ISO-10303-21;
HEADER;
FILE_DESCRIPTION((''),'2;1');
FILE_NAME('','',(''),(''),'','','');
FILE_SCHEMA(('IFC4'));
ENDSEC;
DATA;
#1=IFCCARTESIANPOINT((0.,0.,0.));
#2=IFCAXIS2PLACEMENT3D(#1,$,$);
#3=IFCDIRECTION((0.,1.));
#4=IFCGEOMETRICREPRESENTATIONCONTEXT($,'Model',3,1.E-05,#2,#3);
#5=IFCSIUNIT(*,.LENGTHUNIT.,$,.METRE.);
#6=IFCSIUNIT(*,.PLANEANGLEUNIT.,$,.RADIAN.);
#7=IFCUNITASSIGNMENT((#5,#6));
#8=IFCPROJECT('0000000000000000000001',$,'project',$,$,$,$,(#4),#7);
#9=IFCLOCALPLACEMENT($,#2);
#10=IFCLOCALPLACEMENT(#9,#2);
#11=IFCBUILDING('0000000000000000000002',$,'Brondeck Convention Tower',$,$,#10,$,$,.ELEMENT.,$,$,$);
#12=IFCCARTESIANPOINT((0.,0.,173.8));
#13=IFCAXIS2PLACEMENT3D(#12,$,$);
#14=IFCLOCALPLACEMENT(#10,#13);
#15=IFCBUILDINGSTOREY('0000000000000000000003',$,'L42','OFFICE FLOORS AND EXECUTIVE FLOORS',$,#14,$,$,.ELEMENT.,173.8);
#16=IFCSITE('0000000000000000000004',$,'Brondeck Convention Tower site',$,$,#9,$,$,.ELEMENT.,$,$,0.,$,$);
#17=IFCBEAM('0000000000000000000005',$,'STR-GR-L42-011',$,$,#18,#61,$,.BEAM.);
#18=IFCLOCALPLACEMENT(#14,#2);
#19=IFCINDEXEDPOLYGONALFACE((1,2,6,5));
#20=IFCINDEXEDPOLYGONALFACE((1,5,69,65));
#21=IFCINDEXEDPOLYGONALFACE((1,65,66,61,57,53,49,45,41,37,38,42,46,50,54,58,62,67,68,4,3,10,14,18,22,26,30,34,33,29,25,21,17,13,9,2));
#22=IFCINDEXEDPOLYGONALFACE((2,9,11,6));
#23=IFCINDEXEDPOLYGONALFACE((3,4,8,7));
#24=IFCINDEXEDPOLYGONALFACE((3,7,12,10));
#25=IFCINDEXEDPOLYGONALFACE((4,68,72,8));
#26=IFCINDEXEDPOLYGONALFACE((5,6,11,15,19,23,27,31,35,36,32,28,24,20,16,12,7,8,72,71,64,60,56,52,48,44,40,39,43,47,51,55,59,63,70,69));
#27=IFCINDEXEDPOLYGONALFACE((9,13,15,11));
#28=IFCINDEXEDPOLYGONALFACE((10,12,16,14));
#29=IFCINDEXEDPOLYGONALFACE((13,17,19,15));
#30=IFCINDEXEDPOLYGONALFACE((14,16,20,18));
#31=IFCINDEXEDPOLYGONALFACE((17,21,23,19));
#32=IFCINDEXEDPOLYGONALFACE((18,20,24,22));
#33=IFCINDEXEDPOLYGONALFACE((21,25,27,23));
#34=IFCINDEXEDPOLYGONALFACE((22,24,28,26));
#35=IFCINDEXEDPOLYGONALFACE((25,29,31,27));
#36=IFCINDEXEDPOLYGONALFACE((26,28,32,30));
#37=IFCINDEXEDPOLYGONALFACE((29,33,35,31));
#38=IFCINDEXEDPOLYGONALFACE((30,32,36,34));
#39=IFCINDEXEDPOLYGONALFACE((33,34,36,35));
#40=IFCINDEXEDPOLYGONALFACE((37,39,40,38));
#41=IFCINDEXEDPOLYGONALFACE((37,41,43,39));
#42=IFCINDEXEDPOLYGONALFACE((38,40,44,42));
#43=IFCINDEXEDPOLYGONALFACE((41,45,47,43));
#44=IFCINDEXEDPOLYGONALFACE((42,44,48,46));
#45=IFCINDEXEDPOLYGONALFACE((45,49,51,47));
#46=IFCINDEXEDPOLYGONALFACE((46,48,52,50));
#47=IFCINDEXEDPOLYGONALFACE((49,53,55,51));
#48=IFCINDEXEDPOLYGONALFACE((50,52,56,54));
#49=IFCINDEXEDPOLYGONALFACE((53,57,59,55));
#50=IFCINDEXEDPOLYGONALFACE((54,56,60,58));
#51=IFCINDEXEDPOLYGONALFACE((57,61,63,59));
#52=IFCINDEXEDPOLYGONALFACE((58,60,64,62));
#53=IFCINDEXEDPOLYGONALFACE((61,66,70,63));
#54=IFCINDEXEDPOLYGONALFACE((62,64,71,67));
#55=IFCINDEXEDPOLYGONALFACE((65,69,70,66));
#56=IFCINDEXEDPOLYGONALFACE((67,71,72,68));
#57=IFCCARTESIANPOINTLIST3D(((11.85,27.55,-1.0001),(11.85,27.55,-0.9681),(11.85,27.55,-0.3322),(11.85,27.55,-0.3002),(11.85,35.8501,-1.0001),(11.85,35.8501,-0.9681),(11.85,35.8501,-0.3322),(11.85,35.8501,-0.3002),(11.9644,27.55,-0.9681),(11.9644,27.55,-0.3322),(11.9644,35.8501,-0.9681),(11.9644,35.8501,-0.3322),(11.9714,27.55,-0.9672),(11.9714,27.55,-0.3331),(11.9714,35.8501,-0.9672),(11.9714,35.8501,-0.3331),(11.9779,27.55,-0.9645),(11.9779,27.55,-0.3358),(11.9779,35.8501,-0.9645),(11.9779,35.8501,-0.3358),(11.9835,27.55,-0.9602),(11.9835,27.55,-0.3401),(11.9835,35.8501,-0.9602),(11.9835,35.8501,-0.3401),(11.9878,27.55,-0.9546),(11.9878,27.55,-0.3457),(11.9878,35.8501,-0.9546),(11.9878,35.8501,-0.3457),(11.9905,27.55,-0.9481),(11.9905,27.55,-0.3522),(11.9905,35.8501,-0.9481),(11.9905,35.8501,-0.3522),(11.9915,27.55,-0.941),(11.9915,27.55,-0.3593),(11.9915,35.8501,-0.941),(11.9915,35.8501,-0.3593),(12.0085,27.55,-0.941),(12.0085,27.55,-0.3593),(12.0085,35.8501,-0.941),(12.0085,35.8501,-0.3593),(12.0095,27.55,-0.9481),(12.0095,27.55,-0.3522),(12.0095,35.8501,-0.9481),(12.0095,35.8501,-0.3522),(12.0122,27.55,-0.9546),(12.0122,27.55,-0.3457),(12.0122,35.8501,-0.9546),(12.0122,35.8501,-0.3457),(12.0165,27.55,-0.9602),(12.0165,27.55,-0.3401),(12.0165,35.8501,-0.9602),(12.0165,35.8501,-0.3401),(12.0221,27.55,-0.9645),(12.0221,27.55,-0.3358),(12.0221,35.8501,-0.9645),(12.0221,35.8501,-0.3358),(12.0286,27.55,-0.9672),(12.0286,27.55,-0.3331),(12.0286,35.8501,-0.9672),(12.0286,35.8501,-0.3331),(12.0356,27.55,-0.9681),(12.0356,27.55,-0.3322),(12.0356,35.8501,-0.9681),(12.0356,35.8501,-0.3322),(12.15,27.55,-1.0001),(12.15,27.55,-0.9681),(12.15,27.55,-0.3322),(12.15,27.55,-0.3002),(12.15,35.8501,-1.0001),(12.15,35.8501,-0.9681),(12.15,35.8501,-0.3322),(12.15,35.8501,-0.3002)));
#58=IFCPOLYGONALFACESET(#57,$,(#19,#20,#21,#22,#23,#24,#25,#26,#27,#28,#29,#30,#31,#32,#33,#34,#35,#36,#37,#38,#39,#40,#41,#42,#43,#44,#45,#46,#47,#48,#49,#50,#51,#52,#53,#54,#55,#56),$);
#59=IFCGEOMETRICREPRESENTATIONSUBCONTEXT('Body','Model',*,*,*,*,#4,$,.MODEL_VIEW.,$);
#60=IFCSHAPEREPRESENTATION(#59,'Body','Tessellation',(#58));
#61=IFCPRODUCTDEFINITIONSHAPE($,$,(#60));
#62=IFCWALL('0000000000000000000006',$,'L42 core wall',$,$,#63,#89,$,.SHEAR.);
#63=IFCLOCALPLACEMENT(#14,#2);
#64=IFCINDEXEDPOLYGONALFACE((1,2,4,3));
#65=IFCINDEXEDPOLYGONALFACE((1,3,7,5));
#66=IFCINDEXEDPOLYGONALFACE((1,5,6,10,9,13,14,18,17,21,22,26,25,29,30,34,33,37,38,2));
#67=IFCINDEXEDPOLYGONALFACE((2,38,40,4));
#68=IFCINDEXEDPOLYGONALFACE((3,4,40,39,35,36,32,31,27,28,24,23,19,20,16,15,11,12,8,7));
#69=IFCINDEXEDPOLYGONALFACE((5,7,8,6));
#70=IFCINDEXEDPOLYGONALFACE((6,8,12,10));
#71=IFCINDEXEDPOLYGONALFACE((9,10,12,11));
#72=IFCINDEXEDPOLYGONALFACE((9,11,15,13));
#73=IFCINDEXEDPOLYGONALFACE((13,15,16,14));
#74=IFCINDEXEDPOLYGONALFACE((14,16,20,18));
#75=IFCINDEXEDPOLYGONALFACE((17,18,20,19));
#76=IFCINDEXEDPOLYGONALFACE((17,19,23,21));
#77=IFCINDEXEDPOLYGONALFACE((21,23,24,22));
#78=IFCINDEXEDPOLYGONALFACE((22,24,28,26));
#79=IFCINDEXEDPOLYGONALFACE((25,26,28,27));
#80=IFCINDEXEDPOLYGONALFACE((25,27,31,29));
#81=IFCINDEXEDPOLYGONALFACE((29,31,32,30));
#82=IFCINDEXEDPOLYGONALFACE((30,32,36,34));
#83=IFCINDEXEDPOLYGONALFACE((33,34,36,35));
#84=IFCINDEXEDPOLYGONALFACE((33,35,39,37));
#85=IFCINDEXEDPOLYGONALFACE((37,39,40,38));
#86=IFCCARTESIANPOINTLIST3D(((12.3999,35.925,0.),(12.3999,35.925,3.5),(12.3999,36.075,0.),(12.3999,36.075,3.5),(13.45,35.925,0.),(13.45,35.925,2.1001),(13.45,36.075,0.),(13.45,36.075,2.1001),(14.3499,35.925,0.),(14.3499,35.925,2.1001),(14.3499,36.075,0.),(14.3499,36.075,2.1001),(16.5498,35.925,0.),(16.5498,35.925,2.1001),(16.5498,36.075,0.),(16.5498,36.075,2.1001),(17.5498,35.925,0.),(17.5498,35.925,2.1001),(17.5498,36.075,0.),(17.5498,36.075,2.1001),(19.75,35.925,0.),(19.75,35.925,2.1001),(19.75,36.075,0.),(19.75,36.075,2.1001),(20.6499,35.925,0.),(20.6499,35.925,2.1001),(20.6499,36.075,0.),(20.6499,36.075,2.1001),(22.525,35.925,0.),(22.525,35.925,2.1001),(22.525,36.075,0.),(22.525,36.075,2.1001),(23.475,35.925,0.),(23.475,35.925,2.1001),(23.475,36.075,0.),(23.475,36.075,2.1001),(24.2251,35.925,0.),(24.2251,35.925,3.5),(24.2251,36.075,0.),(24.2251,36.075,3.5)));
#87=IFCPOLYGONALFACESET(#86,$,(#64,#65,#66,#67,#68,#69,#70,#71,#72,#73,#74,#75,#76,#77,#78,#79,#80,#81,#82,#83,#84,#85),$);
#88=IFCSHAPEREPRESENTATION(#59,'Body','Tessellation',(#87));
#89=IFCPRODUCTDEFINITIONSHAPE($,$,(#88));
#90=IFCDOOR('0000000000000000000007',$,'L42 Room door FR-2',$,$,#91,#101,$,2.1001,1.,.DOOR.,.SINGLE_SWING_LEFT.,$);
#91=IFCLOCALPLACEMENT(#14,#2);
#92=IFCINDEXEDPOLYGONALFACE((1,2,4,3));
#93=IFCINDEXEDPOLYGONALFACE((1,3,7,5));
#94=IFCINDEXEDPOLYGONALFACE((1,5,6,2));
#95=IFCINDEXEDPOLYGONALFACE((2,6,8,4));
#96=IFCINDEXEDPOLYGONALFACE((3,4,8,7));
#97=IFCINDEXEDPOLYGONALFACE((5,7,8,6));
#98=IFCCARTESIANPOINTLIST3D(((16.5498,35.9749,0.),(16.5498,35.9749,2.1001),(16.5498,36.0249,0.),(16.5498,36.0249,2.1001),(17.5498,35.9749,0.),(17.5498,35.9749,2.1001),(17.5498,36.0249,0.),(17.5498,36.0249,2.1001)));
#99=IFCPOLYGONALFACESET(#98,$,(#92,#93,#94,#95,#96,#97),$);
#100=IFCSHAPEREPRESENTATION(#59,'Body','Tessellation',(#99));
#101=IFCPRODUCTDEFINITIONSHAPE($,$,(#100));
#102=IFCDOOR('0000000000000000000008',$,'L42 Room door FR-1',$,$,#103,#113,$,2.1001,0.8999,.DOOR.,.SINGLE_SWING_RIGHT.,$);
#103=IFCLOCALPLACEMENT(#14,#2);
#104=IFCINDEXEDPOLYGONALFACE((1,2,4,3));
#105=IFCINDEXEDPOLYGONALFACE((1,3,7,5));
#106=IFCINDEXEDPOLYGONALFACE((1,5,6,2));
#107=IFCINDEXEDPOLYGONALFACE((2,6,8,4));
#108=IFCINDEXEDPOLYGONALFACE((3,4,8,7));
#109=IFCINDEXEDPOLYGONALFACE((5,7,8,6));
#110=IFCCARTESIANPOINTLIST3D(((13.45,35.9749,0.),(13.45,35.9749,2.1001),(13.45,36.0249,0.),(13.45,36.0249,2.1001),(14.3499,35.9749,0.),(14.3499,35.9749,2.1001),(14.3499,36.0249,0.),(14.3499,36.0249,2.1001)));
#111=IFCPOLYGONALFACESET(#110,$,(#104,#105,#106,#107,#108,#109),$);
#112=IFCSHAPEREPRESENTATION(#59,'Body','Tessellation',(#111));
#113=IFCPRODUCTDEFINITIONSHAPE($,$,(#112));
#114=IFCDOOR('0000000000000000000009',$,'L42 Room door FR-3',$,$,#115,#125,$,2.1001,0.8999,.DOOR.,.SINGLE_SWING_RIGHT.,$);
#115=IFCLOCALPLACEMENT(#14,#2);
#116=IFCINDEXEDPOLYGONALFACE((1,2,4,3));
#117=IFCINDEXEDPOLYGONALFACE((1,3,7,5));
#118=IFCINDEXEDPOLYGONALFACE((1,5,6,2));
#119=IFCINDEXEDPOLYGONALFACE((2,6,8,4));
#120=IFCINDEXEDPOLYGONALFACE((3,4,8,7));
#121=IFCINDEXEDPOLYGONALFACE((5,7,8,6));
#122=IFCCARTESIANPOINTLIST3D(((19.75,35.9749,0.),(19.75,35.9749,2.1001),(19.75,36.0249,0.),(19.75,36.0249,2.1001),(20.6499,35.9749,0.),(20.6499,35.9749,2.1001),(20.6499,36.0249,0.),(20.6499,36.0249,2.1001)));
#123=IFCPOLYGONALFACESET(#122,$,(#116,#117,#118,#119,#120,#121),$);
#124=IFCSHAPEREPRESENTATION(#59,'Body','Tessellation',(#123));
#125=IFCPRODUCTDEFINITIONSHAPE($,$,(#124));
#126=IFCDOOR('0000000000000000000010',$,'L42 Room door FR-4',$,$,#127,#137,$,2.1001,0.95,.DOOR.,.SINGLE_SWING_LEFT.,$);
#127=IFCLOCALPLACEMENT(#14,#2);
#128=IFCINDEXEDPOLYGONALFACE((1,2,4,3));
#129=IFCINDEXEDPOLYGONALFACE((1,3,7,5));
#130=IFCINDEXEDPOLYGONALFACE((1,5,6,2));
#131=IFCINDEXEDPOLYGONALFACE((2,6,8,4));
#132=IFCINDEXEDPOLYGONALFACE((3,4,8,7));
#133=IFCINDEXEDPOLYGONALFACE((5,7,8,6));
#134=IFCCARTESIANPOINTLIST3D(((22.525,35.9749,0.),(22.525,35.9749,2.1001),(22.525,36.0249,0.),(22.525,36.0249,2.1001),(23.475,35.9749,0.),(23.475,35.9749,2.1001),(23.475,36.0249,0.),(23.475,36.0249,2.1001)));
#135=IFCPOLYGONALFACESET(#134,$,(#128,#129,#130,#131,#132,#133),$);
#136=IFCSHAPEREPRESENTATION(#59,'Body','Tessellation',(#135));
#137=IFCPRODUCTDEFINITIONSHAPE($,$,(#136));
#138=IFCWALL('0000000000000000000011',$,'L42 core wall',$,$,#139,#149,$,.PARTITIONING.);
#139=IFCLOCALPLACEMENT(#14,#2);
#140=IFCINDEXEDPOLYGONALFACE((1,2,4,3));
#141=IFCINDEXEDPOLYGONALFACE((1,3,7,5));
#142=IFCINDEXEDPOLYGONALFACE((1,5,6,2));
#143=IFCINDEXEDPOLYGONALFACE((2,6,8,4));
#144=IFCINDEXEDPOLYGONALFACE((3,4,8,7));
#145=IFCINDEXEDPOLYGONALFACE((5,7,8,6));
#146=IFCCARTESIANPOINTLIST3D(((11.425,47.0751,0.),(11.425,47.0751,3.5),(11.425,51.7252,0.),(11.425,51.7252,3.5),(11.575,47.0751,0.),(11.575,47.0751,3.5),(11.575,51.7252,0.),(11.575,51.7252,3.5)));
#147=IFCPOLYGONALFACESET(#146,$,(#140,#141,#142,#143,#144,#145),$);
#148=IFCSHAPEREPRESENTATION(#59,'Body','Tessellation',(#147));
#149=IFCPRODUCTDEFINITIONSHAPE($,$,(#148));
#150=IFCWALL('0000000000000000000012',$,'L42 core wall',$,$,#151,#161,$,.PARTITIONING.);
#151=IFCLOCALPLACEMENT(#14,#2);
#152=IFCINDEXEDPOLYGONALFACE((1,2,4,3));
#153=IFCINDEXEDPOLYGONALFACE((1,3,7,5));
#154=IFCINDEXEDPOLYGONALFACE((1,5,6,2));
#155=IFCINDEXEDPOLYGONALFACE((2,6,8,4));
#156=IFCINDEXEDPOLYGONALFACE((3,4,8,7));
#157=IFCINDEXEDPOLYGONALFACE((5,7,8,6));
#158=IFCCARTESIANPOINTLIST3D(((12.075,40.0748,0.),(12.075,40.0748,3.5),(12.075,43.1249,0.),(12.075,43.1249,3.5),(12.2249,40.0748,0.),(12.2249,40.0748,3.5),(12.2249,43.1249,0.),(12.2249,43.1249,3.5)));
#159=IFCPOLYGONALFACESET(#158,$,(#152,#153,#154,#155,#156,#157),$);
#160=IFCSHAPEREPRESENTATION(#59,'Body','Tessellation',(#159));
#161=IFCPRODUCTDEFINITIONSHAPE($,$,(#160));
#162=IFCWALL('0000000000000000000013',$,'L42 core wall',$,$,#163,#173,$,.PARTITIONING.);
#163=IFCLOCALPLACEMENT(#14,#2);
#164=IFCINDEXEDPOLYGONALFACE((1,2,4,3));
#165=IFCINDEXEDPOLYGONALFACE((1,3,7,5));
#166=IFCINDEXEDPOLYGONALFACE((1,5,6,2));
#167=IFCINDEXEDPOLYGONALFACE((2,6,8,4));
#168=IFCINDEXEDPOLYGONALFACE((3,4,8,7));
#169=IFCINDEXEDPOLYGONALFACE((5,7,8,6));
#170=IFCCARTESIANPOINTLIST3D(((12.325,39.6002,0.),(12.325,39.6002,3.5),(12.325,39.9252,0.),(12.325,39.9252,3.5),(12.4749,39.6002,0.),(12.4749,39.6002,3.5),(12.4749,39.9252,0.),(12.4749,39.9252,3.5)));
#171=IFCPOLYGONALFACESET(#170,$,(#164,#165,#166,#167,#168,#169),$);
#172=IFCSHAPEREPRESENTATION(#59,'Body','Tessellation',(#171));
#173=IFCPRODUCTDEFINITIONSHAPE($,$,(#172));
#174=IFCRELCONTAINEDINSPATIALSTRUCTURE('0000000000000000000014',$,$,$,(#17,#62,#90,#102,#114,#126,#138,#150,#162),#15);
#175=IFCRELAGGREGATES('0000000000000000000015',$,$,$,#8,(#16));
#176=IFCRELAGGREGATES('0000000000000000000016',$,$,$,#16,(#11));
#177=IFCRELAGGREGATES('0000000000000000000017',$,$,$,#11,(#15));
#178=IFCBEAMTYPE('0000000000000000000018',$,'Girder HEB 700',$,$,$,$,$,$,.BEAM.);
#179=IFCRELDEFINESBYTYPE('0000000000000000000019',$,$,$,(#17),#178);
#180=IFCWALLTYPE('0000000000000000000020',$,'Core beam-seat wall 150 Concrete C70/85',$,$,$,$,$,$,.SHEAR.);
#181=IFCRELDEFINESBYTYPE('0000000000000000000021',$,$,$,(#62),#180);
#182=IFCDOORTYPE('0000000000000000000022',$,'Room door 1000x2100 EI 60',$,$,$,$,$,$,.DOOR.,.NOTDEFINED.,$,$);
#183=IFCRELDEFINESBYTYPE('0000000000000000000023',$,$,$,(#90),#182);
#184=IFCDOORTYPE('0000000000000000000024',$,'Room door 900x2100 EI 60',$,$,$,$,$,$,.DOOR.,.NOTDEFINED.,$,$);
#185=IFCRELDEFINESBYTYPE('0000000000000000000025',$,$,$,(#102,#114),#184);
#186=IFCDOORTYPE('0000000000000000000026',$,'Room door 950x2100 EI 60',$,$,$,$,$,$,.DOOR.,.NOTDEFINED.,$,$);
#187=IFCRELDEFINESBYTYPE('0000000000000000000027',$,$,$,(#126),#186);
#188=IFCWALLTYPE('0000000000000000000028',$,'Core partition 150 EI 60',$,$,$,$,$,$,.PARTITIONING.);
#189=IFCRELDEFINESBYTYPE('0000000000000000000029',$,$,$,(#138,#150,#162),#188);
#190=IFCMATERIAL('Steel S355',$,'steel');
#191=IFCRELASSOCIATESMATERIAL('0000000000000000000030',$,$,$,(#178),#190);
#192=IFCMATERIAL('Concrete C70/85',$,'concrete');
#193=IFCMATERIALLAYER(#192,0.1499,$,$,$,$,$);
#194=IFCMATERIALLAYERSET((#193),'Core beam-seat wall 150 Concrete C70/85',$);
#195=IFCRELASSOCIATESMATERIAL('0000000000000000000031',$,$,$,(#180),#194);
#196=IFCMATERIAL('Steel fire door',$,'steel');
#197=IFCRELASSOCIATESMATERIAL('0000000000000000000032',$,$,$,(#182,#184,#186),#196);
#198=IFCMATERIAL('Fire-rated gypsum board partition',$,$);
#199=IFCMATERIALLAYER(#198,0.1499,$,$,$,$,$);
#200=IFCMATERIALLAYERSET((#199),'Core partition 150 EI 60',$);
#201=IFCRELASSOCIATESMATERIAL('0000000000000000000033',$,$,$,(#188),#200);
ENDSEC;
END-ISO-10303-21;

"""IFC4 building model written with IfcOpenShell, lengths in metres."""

from ifc_helpers import new_model, si_unit, direction, frame, frame_2d, origin, origin_2d, place, context, subcontext, project, spatial, rectangle, i_section, extrude, material, layer, layer_set, material_profile, profile_set, type_object, element, fill, save


model = new_model("IFC4")

# Units and contexts
model_context = context("Model", 3, precision=1e-05, world=origin(), true_north=direction((0.0, 1.0)))
body_context = subcontext(model_context, "Body", "Model", "MODEL_VIEW")
ifc_project = project(units=[si_unit("LENGTHUNIT", "METRE"), si_unit("PLANEANGLEUNIT", "RADIAN")], contexts=[model_context])

# Site, building, storey
site_placement = place(None, origin())
site = spatial("IfcSite", under=ifc_project, at=site_placement, Name="Brondeck Convention Tower site", CompositionType="ELEMENT", RefElevation=0.0)
building_placement = place(site_placement, origin())
building = spatial("IfcBuilding", under=site, at=building_placement, Name="Brondeck Convention Tower", CompositionType="ELEMENT")
storey_placement = place(building_placement, frame((0.0, 0.0, 173.8)))
storey = spatial("IfcBuildingStorey", under=building, at=storey_placement, Name="L42", Description="OFFICE FLOORS AND EXECUTIVE FLOORS", CompositionType="ELEMENT", Elevation=173.8)

# Beam
ifc_material_1 = material(Name="Steel S355", Category="steel")
ifc_material_profile = material_profile(ifc_material_1, i_section(OverallWidth=0.3, OverallDepth=0.7, WebThickness=0.0171, FlangeThickness=0.032, FilletRadius=0.0271, at=origin_2d()), Name="HEB 700")
ifc_profile_set = profile_set([ifc_material_profile], Name="Steel S355")
beam_type = type_object("IfcBeamType", Name="Girder HEB 700", PredefinedType="BEAM", material=ifc_profile_set)
beam_placement = place(storey_placement, frame((12.0, 35.8501, -0.6501), z_axis=(0.0, -1.0, 0.0), x_axis=(1.0, 0.0, 0.0)))
element("IfcBeam", 1, at=beam_placement, inside=storey, type_object=beam_type, Name="STR-GR-L42-011", PredefinedType="BEAM", context=body_context, shape_type="SweptSolid", body=[
    extrude(i_section(OverallWidth=0.3, OverallDepth=0.7, WebThickness=0.0171, FlangeThickness=0.032, FilletRadius=0.0271, at=origin_2d()), origin(), (0.0, 0.0, 1.0), 8.3),
])

# Wall, openings, doors
ifc_material_2 = material(Name="Concrete C70/85", Category="concrete")
ifc_layer_1 = layer(ifc_material_2, 0.1499)
ifc_layer_set_1 = layer_set([ifc_layer_1], Name="Core beam-seat wall 150 Concrete C70/85")
wall_type_1 = type_object("IfcWallType", Name="Core beam-seat wall 150 Concrete C70/85", PredefinedType="SHEAR", material=ifc_layer_set_1)
wall_1_placement = place(storey_placement, frame((12.3999, 36.0, 0.0), z_axis=(0.0, 0.0, 1.0), x_axis=(1.0, 0.0, 0.0)))
wall_1 = element("IfcWall", 2, at=wall_1_placement, inside=storey, type_object=wall_type_1, Name="L42 core wall", PredefinedType="SHEAR", context=body_context, shape_type="SweptSolid", body=[
    extrude(rectangle(XDim=11.8252, YDim=0.1499, at=frame_2d((5.9126, 0.0))), origin(), (0.0, 0.0, 1.0), 3.5),
])
opening_1_placement = place(wall_1_placement, frame((1.05, 0.0, 0.0)))
opening_1 = element("IfcOpeningElement", 3, at=opening_1_placement, cuts=wall_1, PredefinedType="OPENING", context=body_context, shape_type="SweptSolid", body=[
    extrude(rectangle(XDim=0.8999, YDim=2.1001, at=frame_2d((0.45, 1.05))), frame((0.0, 0.085, 0.0), z_axis=(0.0, -1.0, 0.0), x_axis=(1.0, 0.0, 0.0)), (0.0, 0.0, 1.0), 0.1699),
])
opening_2_placement = place(wall_1_placement, frame((4.1499, 0.0, 0.0)))
opening_2 = element("IfcOpeningElement", 4, at=opening_2_placement, cuts=wall_1, PredefinedType="OPENING", context=body_context, shape_type="SweptSolid", body=[
    extrude(rectangle(XDim=1.0, YDim=2.1001, at=frame_2d((0.5, 1.05))), frame((0.0, 0.085, 0.0), z_axis=(0.0, -1.0, 0.0), x_axis=(1.0, 0.0, 0.0)), (0.0, 0.0, 1.0), 0.1699),
])
opening_3_placement = place(wall_1_placement, frame((7.3501, 0.0, 0.0)))
opening_3 = element("IfcOpeningElement", 5, at=opening_3_placement, cuts=wall_1, PredefinedType="OPENING", context=body_context, shape_type="SweptSolid", body=[
    extrude(rectangle(XDim=0.8999, YDim=2.1001, at=frame_2d((0.45, 1.05))), frame((0.0, 0.085, 0.0), z_axis=(0.0, -1.0, 0.0), x_axis=(1.0, 0.0, 0.0)), (0.0, 0.0, 1.0), 0.1699),
])
opening_4_placement = place(wall_1_placement, frame((10.125, 0.0, 0.0)))
opening_4 = element("IfcOpeningElement", 6, at=opening_4_placement, cuts=wall_1, PredefinedType="OPENING", context=body_context, shape_type="SweptSolid", body=[
    extrude(rectangle(XDim=0.95, YDim=2.1001, at=frame_2d((0.4751, 1.05))), frame((0.0, 0.085, 0.0), z_axis=(0.0, -1.0, 0.0), x_axis=(1.0, 0.0, 0.0)), (0.0, 0.0, 1.0), 0.1699),
])
ifc_material_3 = material(Name="Steel fire door", Category="steel")
door_type_1 = type_object("IfcDoorType", Name="Room door 1000x2100 EI 60", OperationType="NOTDEFINED", PredefinedType="DOOR", material=ifc_material_3)
door_1_placement = place(opening_2_placement, origin())
door_1 = element("IfcDoor", 7, at=door_1_placement, inside=storey, type_object=door_type_1, Name="L42 Room door FR-2", OperationType="SINGLE_SWING_LEFT", OverallHeight=2.1001, OverallWidth=1.0, PredefinedType="DOOR", context=body_context, shape_type="SweptSolid", body=[
    extrude(rectangle(XDim=1.0, YDim=2.1001, at=frame_2d((0.5, 1.05))), frame((0.0, 0.0249, 0.0), z_axis=(0.0, -1.0, 0.0), x_axis=(1.0, 0.0, 0.0)), (0.0, 0.0, 1.0), 0.05),
])
fill(opening_2, door_1)
door_type_2 = type_object("IfcDoorType", Name="Room door 900x2100 EI 60", OperationType="NOTDEFINED", PredefinedType="DOOR", material=ifc_material_3)
door_2_placement = place(opening_1_placement, origin())
door_2 = element("IfcDoor", 8, at=door_2_placement, inside=storey, type_object=door_type_2, Name="L42 Room door FR-1", OperationType="SINGLE_SWING_RIGHT", OverallHeight=2.1001, OverallWidth=0.8999, PredefinedType="DOOR", context=body_context, shape_type="SweptSolid", body=[
    extrude(rectangle(XDim=0.8999, YDim=2.1001, at=frame_2d((0.45, 1.05))), frame((0.0, 0.0249, 0.0), z_axis=(0.0, -1.0, 0.0), x_axis=(1.0, 0.0, 0.0)), (0.0, 0.0, 1.0), 0.05),
])
fill(opening_1, door_2)
door_3_placement = place(opening_3_placement, origin())
door_3 = element("IfcDoor", 9, at=door_3_placement, inside=storey, type_object=door_type_2, Name="L42 Room door FR-3", OperationType="SINGLE_SWING_RIGHT", OverallHeight=2.1001, OverallWidth=0.8999, PredefinedType="DOOR", context=body_context, shape_type="SweptSolid", body=[
    extrude(rectangle(XDim=0.8999, YDim=2.1001, at=frame_2d((0.45, 1.05))), frame((0.0, 0.0249, 0.0), z_axis=(0.0, -1.0, 0.0), x_axis=(1.0, 0.0, 0.0)), (0.0, 0.0, 1.0), 0.05),
])
fill(opening_3, door_3)
door_type_3 = type_object("IfcDoorType", Name="Room door 950x2100 EI 60", OperationType="NOTDEFINED", PredefinedType="DOOR", material=ifc_material_3)
door_4_placement = place(opening_4_placement, origin())
door_4 = element("IfcDoor", 10, at=door_4_placement, inside=storey, type_object=door_type_3, Name="L42 Room door FR-4", OperationType="SINGLE_SWING_LEFT", OverallHeight=2.1001, OverallWidth=0.95, PredefinedType="DOOR", context=body_context, shape_type="SweptSolid", body=[
    extrude(rectangle(XDim=0.95, YDim=2.1001, at=frame_2d((0.4751, 1.05))), frame((0.0, 0.0249, 0.0), z_axis=(0.0, -1.0, 0.0), x_axis=(1.0, 0.0, 0.0)), (0.0, 0.0, 1.0), 0.05),
])
fill(opening_4, door_4)

# Walls
ifc_material_4 = material(Name="Fire-rated gypsum board partition")
ifc_layer_2 = layer(ifc_material_4, 0.1499)
ifc_layer_set_2 = layer_set([ifc_layer_2], Name="Core partition 150 EI 60")
wall_type_2 = type_object("IfcWallType", Name="Core partition 150 EI 60", PredefinedType="PARTITIONING", material=ifc_layer_set_2)
wall_2_placement = place(storey_placement, frame((11.5, 47.075, 0.0), z_axis=(0.0, 0.0, 1.0), x_axis=(0.0, 1.0, 0.0)))
element("IfcWall", 11, at=wall_2_placement, inside=storey, type_object=wall_type_2, Name="L42 core wall", PredefinedType="PARTITIONING", context=body_context, shape_type="SweptSolid", body=[
    extrude(rectangle(XDim=4.6501, YDim=0.1499, at=frame_2d((2.3252, 0.0))), origin(), (0.0, 0.0, 1.0), 3.5),
])
wall_3_placement = place(storey_placement, frame((12.1499, 40.075, 0.0), z_axis=(0.0, 0.0, 1.0), x_axis=(0.0, 1.0, 0.0)))
element("IfcWall", 12, at=wall_3_placement, inside=storey, type_object=wall_type_2, Name="L42 core wall", PredefinedType="PARTITIONING", context=body_context, shape_type="SweptSolid", body=[
    extrude(rectangle(XDim=3.05, YDim=0.1499, at=frame_2d((1.5249, 0.0))), origin(), (0.0, 0.0, 1.0), 3.5),
])
wall_4_placement = place(storey_placement, frame((12.3999, 39.6001, 0.0), z_axis=(0.0, 0.0, 1.0), x_axis=(0.0, 1.0, 0.0)))
element("IfcWall", 13, at=wall_4_placement, inside=storey, type_object=wall_type_2, Name="L42 core wall", PredefinedType="PARTITIONING", context=body_context, shape_type="SweptSolid", body=[
    extrude(rectangle(XDim=0.325, YDim=0.1499, at=frame_2d((0.1626, 0.0))), origin(), (0.0, 0.0, 1.0), 3.5),
])

save(model, "model.ifc")
